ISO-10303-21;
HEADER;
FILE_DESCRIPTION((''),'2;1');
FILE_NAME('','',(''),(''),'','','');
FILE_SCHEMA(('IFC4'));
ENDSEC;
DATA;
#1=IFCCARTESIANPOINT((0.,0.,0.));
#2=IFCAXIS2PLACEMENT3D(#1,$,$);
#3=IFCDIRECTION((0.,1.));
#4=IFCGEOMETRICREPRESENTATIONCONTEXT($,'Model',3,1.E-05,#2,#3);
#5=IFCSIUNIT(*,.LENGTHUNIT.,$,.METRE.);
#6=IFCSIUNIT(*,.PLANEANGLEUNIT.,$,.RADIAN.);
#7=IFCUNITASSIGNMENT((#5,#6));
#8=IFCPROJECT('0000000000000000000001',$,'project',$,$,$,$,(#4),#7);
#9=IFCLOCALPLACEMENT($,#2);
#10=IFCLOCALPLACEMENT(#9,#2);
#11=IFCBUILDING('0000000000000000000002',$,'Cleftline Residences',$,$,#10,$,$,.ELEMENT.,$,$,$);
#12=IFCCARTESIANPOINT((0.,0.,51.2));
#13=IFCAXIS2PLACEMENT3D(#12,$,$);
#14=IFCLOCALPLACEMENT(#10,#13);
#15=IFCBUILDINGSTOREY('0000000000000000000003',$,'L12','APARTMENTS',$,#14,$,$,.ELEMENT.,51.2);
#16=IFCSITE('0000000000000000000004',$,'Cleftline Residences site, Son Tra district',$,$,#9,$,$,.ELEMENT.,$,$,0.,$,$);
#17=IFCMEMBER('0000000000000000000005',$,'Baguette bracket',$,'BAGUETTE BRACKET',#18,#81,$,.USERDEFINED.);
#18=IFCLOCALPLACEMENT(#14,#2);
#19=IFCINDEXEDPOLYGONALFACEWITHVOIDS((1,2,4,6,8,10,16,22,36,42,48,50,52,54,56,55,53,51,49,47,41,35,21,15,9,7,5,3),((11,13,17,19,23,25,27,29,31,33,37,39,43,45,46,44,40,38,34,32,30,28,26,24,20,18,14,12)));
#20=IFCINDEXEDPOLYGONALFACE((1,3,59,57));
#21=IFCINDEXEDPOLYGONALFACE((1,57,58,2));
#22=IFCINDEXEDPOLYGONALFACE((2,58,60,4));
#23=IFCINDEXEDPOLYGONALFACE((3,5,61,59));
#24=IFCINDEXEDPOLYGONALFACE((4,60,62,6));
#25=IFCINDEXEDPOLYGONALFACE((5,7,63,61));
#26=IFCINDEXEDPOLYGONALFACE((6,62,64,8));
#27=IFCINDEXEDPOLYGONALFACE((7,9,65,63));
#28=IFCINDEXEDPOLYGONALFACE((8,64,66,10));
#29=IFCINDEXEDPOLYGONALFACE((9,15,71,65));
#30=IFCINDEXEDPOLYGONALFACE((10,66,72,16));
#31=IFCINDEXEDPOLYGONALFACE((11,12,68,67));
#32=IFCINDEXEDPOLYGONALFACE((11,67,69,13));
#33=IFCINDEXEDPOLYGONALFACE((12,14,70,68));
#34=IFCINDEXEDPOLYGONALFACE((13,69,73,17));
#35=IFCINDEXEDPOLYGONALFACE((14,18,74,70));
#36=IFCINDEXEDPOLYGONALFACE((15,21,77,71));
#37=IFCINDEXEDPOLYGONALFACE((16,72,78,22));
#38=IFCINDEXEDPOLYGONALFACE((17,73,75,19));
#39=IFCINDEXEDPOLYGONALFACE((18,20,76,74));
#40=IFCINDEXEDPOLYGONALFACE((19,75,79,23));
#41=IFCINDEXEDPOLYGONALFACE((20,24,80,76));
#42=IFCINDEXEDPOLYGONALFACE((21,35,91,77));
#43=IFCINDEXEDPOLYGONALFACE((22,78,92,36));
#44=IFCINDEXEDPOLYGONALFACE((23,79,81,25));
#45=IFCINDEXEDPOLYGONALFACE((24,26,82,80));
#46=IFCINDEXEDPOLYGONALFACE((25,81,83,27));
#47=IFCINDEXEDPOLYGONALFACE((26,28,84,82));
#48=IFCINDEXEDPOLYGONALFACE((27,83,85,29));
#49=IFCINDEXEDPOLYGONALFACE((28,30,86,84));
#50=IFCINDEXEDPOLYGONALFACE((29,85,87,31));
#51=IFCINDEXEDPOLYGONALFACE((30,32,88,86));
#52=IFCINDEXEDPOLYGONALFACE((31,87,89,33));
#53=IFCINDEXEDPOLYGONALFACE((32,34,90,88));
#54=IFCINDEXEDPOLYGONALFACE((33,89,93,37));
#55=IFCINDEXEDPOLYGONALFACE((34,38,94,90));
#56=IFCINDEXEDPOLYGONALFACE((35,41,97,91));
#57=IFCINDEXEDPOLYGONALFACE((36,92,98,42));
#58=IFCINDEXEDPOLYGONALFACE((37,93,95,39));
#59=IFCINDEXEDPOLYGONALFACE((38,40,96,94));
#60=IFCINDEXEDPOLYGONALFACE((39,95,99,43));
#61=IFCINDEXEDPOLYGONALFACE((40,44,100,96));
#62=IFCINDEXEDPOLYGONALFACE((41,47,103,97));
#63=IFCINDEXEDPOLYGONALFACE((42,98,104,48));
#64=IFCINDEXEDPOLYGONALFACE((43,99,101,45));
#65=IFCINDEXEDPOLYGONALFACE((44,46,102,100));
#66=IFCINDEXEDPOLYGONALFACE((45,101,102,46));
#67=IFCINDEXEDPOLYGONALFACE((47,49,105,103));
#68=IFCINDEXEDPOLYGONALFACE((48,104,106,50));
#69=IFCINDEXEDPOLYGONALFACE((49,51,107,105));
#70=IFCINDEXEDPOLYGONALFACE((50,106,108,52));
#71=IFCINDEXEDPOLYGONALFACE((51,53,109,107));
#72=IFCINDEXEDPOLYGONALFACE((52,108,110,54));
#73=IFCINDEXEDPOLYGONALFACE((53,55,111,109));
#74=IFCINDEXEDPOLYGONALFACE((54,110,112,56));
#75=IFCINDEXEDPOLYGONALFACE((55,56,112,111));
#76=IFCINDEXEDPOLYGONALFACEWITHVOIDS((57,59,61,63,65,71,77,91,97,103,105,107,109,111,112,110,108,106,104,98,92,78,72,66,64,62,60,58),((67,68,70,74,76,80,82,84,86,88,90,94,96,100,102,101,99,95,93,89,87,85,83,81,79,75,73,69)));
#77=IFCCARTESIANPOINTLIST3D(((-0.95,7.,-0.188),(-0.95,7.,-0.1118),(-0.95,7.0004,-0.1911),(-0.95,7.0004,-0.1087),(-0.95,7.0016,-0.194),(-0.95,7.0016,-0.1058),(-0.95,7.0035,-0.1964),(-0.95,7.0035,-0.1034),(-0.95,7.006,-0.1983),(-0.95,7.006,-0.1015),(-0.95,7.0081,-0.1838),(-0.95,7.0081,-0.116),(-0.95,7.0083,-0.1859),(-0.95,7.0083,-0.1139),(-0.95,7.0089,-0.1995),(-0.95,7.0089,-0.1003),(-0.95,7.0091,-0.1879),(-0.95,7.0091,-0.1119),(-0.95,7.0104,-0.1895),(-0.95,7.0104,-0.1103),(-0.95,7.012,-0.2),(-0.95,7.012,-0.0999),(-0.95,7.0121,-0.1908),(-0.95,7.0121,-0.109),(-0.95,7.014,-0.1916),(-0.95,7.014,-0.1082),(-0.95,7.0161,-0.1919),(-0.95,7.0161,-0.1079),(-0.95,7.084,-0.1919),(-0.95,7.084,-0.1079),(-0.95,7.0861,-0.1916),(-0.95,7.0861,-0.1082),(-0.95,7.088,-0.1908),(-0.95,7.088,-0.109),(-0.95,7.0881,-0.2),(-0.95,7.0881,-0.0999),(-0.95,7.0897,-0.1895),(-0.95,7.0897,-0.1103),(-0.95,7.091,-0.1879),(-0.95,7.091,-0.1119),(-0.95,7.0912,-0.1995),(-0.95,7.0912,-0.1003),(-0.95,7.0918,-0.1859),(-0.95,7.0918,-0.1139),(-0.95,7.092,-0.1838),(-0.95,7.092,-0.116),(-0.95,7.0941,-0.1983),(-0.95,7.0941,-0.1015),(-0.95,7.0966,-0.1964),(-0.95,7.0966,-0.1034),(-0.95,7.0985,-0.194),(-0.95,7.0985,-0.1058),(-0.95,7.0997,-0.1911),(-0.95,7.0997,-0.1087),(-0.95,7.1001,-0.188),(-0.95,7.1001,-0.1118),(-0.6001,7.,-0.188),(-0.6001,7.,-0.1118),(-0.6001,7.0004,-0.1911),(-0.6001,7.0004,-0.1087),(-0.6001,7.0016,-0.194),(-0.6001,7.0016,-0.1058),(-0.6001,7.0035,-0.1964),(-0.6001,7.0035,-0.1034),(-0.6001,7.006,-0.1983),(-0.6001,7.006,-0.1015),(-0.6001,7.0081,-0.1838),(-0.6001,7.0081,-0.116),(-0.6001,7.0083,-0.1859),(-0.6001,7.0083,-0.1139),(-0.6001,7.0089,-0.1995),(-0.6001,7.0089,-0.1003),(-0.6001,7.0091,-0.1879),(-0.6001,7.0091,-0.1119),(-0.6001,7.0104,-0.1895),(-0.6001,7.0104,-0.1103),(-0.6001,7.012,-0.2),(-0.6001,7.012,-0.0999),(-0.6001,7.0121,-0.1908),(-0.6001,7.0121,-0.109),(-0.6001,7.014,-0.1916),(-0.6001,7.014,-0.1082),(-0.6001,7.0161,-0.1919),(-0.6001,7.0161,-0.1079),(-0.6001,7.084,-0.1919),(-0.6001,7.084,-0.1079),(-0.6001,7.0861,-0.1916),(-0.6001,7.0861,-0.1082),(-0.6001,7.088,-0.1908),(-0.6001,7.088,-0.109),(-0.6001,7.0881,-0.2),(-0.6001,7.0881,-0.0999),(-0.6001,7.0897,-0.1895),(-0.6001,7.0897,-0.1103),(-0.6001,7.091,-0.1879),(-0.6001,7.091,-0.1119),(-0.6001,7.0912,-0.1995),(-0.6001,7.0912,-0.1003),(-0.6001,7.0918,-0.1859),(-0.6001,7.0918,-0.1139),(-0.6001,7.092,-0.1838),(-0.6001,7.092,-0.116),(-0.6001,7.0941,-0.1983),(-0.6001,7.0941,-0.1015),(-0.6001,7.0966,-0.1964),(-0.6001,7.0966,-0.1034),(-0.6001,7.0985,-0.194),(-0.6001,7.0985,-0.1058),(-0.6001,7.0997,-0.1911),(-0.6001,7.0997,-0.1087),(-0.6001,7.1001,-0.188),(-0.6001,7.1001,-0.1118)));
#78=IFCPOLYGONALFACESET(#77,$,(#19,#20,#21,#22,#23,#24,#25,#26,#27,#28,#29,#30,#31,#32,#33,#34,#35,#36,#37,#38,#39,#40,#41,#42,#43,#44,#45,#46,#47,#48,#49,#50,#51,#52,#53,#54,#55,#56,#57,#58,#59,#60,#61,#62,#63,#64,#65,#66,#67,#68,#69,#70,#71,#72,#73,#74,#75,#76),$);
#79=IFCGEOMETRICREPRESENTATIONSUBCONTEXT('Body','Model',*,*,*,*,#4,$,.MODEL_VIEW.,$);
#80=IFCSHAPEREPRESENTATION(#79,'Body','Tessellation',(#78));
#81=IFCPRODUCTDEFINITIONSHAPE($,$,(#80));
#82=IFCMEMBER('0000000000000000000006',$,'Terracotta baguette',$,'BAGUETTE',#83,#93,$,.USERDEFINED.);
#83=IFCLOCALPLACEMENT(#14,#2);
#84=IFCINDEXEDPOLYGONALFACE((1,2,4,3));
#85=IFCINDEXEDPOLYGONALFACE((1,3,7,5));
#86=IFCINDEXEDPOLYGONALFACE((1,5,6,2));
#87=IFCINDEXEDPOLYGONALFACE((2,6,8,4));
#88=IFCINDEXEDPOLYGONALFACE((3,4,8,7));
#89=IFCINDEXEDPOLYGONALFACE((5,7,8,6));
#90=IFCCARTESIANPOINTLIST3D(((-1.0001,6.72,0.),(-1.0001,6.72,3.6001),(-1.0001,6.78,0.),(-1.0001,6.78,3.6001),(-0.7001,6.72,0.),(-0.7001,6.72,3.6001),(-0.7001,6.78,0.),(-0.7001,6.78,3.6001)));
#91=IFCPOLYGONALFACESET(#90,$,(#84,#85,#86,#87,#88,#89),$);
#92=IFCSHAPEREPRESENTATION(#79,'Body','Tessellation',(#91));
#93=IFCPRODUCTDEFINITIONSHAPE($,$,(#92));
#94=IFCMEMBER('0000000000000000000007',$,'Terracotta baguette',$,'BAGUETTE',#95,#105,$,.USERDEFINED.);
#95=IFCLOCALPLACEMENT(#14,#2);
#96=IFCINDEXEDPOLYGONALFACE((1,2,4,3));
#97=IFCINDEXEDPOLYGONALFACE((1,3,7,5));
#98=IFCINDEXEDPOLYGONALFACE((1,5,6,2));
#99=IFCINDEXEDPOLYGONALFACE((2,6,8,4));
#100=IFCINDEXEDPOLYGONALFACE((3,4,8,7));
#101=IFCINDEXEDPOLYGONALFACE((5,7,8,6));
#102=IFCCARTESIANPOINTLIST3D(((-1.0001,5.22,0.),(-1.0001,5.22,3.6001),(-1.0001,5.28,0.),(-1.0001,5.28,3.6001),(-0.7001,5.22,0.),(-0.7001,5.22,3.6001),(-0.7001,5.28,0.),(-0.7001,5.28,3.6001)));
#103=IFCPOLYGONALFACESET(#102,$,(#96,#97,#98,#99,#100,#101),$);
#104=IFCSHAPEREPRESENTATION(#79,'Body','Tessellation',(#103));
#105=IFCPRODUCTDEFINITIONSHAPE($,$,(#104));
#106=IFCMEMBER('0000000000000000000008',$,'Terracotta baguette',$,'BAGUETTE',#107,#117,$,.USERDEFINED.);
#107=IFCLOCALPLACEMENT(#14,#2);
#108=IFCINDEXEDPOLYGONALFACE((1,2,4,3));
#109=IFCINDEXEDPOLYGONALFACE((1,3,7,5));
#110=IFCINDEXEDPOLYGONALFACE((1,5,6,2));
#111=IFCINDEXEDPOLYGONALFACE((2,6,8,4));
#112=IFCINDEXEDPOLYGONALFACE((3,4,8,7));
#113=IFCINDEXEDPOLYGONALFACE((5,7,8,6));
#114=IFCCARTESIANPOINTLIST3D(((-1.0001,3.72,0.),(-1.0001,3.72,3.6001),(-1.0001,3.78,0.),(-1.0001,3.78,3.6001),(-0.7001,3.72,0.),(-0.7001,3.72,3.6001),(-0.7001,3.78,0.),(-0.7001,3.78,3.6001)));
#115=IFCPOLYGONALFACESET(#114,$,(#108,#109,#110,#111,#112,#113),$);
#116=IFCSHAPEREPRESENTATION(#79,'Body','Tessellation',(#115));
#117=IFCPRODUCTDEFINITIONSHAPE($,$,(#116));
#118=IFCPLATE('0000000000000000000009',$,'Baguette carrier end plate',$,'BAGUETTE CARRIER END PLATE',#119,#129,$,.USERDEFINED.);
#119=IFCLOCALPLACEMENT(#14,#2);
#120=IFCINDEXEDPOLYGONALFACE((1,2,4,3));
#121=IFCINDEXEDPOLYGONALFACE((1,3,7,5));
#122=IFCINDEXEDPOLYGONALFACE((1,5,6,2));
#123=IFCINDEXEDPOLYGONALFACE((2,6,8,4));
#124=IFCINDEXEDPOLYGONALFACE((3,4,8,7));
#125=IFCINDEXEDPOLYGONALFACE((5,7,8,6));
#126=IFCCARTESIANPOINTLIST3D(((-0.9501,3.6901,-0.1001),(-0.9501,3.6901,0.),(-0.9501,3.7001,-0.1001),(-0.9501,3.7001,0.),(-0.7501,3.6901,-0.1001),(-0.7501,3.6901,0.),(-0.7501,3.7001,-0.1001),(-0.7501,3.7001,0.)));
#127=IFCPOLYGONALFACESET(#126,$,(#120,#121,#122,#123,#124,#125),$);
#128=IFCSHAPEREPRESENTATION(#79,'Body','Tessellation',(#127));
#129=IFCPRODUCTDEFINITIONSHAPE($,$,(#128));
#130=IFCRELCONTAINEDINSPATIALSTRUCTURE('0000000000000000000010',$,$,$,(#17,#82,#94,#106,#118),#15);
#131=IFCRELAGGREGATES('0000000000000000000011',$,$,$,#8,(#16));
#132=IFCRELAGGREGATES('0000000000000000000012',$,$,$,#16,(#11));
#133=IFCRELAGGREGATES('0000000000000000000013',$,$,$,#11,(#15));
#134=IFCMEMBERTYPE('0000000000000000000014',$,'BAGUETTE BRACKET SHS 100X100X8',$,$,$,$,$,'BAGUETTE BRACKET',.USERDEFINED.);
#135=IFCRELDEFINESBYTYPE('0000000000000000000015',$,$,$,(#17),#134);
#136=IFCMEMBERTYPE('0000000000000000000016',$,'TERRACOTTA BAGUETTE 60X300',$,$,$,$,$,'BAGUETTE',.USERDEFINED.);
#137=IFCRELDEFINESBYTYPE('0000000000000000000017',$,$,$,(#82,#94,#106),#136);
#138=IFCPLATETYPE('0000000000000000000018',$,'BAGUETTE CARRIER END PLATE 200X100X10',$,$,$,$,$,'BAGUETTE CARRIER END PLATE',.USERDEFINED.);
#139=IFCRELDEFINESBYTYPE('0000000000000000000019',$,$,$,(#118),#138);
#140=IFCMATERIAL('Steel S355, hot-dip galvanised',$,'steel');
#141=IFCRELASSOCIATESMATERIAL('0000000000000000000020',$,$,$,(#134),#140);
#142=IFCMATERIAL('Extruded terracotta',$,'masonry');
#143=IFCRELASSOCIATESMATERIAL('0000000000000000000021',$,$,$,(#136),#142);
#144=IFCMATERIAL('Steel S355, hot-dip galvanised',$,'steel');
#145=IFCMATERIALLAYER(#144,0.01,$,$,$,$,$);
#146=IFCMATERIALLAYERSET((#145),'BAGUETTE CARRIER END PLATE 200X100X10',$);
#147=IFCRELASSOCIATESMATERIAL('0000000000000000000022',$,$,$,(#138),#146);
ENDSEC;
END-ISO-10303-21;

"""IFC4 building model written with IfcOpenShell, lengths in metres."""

from ifc_helpers import new_model, si_unit, direction, frame, origin, origin_2d, place, context, subcontext, project, spatial, rectangle, hollow_rectangle, extrude, material, layer, layer_set, material_profile, profile_set, type_object, element, save


model = new_model("IFC4")

# Units and contexts
model_context = context("Model", 3, precision=1e-05, world=origin(), true_north=direction((0.0, 1.0)))
body_context = subcontext(model_context, "Body", "Model", "MODEL_VIEW")
ifc_project = project(units=[si_unit("LENGTHUNIT", "METRE"), si_unit("PLANEANGLEUNIT", "RADIAN")], contexts=[model_context])

# Site, building, storey
site_placement = place(None, origin())
site = spatial("IfcSite", under=ifc_project, at=site_placement, Name="Cleftline Residences site, Son Tra district", CompositionType="ELEMENT", RefElevation=0.0)
building_placement = place(site_placement, origin())
building = spatial("IfcBuilding", under=site, at=building_placement, Name="Cleftline Residences", CompositionType="ELEMENT")
storey_placement = place(building_placement, frame((0.0, 0.0, 51.2)))
storey = spatial("IfcBuildingStorey", under=building, at=storey_placement, Name="L12", Description="APARTMENTS", CompositionType="ELEMENT", Elevation=51.2)

# Members
ifc_material_1 = material(Name="Steel S355, hot-dip galvanised", Category="steel")
ifc_material_profile_1 = material_profile(ifc_material_1, hollow_rectangle(XDim=0.1001, YDim=0.1001, WallThickness=0.0081, InnerFilletRadius=0.0081, OuterFilletRadius=0.012, at=origin_2d()))
ifc_profile_set_1 = profile_set([ifc_material_profile_1], Name="Steel S355, hot-dip galvanised")
member_type_1 = type_object("IfcMemberType", Name="BAGUETTE BRACKET SHS 100X100X8", ElementType="BAGUETTE BRACKET", PredefinedType="USERDEFINED", material=ifc_profile_set_1)
member_placement = place(storey_placement, frame((-0.6001, 7.05, -0.1499), z_axis=(-1.0, 0.0, 0.0), x_axis=(0.0, -1.0, 0.0)))
element("IfcMember", 1, at=member_placement, inside=storey, type_object=member_type_1, Name="Baguette bracket", ObjectType="BAGUETTE BRACKET", PredefinedType="USERDEFINED", context=body_context, shape_type="SweptSolid", body=[
    extrude(hollow_rectangle(XDim=0.1001, YDim=0.1001, WallThickness=0.0081, InnerFilletRadius=0.0081, OuterFilletRadius=0.012, at=origin_2d()), origin(), (0.0, 0.0, 1.0), 0.3499),
])
ifc_material_2 = material(Name="Extruded terracotta", Category="masonry")
ifc_material_profile_2 = material_profile(ifc_material_2, rectangle(XDim=0.0601, YDim=0.3, at=origin_2d()))
ifc_profile_set_2 = profile_set([ifc_material_profile_2], Name="Extruded terracotta")
member_type_2 = type_object("IfcMemberType", Name="TERRACOTTA BAGUETTE 60X300", ElementType="BAGUETTE", PredefinedType="USERDEFINED", material=ifc_profile_set_2)
for number, where, z_axis, x_axis, name in (
    (2, (-0.8501, 6.75, 0.0), (0.0, 0.0, 1.0), (0.0, 1.0, 0.0), "Terracotta baguette"),
    (3, (-0.8501, 5.25, 0.0), (0.0, 0.0, 1.0), (0.0, 1.0, 0.0), "Terracotta baguette"),
    (4, (-0.8501, 3.75, 0.0), (0.0, 0.0, 1.0), (0.0, 1.0, 0.0), "Terracotta baguette"),
):
    element("IfcMember", number, at=place(storey_placement, frame(where, z_axis=z_axis, x_axis=x_axis)), inside=storey, type_object=member_type_2, Name=name, ObjectType="BAGUETTE", PredefinedType="USERDEFINED", context=body_context, shape_type="SweptSolid", body=[
        extrude(rectangle(XDim=0.0601, YDim=0.3, at=origin_2d()), origin(), (0.0, 0.0, 1.0), 3.6001),
    ])

# Plate
ifc_material_3 = material(Name="Steel S355, hot-dip galvanised", Category="steel")
ifc_layer_1 = layer(ifc_material_3, 0.01)
ifc_layer_set_1 = layer_set([ifc_layer_1], Name="BAGUETTE CARRIER END PLATE 200X100X10")
plate_type = type_object("IfcPlateType", Name="BAGUETTE CARRIER END PLATE 200X100X10", ElementType="BAGUETTE CARRIER END PLATE", PredefinedType="USERDEFINED", material=ifc_layer_set_1)
plate_placement = place(storey_placement, frame((-0.8501, 3.6951, -0.1001), z_axis=(0.0, 0.0, 1.0), x_axis=(-1.0, 0.0, 0.0)))
element("IfcPlate", 5, at=plate_placement, inside=storey, type_object=plate_type, Name="Baguette carrier end plate", ObjectType="BAGUETTE CARRIER END PLATE", PredefinedType="USERDEFINED", context=body_context, shape_type="SweptSolid", body=[
    extrude(rectangle(XDim=0.2, YDim=0.01, at=origin_2d()), origin(), (0.0, 0.0, 1.0), 0.1001),
])

save(model, "model.ifc")
